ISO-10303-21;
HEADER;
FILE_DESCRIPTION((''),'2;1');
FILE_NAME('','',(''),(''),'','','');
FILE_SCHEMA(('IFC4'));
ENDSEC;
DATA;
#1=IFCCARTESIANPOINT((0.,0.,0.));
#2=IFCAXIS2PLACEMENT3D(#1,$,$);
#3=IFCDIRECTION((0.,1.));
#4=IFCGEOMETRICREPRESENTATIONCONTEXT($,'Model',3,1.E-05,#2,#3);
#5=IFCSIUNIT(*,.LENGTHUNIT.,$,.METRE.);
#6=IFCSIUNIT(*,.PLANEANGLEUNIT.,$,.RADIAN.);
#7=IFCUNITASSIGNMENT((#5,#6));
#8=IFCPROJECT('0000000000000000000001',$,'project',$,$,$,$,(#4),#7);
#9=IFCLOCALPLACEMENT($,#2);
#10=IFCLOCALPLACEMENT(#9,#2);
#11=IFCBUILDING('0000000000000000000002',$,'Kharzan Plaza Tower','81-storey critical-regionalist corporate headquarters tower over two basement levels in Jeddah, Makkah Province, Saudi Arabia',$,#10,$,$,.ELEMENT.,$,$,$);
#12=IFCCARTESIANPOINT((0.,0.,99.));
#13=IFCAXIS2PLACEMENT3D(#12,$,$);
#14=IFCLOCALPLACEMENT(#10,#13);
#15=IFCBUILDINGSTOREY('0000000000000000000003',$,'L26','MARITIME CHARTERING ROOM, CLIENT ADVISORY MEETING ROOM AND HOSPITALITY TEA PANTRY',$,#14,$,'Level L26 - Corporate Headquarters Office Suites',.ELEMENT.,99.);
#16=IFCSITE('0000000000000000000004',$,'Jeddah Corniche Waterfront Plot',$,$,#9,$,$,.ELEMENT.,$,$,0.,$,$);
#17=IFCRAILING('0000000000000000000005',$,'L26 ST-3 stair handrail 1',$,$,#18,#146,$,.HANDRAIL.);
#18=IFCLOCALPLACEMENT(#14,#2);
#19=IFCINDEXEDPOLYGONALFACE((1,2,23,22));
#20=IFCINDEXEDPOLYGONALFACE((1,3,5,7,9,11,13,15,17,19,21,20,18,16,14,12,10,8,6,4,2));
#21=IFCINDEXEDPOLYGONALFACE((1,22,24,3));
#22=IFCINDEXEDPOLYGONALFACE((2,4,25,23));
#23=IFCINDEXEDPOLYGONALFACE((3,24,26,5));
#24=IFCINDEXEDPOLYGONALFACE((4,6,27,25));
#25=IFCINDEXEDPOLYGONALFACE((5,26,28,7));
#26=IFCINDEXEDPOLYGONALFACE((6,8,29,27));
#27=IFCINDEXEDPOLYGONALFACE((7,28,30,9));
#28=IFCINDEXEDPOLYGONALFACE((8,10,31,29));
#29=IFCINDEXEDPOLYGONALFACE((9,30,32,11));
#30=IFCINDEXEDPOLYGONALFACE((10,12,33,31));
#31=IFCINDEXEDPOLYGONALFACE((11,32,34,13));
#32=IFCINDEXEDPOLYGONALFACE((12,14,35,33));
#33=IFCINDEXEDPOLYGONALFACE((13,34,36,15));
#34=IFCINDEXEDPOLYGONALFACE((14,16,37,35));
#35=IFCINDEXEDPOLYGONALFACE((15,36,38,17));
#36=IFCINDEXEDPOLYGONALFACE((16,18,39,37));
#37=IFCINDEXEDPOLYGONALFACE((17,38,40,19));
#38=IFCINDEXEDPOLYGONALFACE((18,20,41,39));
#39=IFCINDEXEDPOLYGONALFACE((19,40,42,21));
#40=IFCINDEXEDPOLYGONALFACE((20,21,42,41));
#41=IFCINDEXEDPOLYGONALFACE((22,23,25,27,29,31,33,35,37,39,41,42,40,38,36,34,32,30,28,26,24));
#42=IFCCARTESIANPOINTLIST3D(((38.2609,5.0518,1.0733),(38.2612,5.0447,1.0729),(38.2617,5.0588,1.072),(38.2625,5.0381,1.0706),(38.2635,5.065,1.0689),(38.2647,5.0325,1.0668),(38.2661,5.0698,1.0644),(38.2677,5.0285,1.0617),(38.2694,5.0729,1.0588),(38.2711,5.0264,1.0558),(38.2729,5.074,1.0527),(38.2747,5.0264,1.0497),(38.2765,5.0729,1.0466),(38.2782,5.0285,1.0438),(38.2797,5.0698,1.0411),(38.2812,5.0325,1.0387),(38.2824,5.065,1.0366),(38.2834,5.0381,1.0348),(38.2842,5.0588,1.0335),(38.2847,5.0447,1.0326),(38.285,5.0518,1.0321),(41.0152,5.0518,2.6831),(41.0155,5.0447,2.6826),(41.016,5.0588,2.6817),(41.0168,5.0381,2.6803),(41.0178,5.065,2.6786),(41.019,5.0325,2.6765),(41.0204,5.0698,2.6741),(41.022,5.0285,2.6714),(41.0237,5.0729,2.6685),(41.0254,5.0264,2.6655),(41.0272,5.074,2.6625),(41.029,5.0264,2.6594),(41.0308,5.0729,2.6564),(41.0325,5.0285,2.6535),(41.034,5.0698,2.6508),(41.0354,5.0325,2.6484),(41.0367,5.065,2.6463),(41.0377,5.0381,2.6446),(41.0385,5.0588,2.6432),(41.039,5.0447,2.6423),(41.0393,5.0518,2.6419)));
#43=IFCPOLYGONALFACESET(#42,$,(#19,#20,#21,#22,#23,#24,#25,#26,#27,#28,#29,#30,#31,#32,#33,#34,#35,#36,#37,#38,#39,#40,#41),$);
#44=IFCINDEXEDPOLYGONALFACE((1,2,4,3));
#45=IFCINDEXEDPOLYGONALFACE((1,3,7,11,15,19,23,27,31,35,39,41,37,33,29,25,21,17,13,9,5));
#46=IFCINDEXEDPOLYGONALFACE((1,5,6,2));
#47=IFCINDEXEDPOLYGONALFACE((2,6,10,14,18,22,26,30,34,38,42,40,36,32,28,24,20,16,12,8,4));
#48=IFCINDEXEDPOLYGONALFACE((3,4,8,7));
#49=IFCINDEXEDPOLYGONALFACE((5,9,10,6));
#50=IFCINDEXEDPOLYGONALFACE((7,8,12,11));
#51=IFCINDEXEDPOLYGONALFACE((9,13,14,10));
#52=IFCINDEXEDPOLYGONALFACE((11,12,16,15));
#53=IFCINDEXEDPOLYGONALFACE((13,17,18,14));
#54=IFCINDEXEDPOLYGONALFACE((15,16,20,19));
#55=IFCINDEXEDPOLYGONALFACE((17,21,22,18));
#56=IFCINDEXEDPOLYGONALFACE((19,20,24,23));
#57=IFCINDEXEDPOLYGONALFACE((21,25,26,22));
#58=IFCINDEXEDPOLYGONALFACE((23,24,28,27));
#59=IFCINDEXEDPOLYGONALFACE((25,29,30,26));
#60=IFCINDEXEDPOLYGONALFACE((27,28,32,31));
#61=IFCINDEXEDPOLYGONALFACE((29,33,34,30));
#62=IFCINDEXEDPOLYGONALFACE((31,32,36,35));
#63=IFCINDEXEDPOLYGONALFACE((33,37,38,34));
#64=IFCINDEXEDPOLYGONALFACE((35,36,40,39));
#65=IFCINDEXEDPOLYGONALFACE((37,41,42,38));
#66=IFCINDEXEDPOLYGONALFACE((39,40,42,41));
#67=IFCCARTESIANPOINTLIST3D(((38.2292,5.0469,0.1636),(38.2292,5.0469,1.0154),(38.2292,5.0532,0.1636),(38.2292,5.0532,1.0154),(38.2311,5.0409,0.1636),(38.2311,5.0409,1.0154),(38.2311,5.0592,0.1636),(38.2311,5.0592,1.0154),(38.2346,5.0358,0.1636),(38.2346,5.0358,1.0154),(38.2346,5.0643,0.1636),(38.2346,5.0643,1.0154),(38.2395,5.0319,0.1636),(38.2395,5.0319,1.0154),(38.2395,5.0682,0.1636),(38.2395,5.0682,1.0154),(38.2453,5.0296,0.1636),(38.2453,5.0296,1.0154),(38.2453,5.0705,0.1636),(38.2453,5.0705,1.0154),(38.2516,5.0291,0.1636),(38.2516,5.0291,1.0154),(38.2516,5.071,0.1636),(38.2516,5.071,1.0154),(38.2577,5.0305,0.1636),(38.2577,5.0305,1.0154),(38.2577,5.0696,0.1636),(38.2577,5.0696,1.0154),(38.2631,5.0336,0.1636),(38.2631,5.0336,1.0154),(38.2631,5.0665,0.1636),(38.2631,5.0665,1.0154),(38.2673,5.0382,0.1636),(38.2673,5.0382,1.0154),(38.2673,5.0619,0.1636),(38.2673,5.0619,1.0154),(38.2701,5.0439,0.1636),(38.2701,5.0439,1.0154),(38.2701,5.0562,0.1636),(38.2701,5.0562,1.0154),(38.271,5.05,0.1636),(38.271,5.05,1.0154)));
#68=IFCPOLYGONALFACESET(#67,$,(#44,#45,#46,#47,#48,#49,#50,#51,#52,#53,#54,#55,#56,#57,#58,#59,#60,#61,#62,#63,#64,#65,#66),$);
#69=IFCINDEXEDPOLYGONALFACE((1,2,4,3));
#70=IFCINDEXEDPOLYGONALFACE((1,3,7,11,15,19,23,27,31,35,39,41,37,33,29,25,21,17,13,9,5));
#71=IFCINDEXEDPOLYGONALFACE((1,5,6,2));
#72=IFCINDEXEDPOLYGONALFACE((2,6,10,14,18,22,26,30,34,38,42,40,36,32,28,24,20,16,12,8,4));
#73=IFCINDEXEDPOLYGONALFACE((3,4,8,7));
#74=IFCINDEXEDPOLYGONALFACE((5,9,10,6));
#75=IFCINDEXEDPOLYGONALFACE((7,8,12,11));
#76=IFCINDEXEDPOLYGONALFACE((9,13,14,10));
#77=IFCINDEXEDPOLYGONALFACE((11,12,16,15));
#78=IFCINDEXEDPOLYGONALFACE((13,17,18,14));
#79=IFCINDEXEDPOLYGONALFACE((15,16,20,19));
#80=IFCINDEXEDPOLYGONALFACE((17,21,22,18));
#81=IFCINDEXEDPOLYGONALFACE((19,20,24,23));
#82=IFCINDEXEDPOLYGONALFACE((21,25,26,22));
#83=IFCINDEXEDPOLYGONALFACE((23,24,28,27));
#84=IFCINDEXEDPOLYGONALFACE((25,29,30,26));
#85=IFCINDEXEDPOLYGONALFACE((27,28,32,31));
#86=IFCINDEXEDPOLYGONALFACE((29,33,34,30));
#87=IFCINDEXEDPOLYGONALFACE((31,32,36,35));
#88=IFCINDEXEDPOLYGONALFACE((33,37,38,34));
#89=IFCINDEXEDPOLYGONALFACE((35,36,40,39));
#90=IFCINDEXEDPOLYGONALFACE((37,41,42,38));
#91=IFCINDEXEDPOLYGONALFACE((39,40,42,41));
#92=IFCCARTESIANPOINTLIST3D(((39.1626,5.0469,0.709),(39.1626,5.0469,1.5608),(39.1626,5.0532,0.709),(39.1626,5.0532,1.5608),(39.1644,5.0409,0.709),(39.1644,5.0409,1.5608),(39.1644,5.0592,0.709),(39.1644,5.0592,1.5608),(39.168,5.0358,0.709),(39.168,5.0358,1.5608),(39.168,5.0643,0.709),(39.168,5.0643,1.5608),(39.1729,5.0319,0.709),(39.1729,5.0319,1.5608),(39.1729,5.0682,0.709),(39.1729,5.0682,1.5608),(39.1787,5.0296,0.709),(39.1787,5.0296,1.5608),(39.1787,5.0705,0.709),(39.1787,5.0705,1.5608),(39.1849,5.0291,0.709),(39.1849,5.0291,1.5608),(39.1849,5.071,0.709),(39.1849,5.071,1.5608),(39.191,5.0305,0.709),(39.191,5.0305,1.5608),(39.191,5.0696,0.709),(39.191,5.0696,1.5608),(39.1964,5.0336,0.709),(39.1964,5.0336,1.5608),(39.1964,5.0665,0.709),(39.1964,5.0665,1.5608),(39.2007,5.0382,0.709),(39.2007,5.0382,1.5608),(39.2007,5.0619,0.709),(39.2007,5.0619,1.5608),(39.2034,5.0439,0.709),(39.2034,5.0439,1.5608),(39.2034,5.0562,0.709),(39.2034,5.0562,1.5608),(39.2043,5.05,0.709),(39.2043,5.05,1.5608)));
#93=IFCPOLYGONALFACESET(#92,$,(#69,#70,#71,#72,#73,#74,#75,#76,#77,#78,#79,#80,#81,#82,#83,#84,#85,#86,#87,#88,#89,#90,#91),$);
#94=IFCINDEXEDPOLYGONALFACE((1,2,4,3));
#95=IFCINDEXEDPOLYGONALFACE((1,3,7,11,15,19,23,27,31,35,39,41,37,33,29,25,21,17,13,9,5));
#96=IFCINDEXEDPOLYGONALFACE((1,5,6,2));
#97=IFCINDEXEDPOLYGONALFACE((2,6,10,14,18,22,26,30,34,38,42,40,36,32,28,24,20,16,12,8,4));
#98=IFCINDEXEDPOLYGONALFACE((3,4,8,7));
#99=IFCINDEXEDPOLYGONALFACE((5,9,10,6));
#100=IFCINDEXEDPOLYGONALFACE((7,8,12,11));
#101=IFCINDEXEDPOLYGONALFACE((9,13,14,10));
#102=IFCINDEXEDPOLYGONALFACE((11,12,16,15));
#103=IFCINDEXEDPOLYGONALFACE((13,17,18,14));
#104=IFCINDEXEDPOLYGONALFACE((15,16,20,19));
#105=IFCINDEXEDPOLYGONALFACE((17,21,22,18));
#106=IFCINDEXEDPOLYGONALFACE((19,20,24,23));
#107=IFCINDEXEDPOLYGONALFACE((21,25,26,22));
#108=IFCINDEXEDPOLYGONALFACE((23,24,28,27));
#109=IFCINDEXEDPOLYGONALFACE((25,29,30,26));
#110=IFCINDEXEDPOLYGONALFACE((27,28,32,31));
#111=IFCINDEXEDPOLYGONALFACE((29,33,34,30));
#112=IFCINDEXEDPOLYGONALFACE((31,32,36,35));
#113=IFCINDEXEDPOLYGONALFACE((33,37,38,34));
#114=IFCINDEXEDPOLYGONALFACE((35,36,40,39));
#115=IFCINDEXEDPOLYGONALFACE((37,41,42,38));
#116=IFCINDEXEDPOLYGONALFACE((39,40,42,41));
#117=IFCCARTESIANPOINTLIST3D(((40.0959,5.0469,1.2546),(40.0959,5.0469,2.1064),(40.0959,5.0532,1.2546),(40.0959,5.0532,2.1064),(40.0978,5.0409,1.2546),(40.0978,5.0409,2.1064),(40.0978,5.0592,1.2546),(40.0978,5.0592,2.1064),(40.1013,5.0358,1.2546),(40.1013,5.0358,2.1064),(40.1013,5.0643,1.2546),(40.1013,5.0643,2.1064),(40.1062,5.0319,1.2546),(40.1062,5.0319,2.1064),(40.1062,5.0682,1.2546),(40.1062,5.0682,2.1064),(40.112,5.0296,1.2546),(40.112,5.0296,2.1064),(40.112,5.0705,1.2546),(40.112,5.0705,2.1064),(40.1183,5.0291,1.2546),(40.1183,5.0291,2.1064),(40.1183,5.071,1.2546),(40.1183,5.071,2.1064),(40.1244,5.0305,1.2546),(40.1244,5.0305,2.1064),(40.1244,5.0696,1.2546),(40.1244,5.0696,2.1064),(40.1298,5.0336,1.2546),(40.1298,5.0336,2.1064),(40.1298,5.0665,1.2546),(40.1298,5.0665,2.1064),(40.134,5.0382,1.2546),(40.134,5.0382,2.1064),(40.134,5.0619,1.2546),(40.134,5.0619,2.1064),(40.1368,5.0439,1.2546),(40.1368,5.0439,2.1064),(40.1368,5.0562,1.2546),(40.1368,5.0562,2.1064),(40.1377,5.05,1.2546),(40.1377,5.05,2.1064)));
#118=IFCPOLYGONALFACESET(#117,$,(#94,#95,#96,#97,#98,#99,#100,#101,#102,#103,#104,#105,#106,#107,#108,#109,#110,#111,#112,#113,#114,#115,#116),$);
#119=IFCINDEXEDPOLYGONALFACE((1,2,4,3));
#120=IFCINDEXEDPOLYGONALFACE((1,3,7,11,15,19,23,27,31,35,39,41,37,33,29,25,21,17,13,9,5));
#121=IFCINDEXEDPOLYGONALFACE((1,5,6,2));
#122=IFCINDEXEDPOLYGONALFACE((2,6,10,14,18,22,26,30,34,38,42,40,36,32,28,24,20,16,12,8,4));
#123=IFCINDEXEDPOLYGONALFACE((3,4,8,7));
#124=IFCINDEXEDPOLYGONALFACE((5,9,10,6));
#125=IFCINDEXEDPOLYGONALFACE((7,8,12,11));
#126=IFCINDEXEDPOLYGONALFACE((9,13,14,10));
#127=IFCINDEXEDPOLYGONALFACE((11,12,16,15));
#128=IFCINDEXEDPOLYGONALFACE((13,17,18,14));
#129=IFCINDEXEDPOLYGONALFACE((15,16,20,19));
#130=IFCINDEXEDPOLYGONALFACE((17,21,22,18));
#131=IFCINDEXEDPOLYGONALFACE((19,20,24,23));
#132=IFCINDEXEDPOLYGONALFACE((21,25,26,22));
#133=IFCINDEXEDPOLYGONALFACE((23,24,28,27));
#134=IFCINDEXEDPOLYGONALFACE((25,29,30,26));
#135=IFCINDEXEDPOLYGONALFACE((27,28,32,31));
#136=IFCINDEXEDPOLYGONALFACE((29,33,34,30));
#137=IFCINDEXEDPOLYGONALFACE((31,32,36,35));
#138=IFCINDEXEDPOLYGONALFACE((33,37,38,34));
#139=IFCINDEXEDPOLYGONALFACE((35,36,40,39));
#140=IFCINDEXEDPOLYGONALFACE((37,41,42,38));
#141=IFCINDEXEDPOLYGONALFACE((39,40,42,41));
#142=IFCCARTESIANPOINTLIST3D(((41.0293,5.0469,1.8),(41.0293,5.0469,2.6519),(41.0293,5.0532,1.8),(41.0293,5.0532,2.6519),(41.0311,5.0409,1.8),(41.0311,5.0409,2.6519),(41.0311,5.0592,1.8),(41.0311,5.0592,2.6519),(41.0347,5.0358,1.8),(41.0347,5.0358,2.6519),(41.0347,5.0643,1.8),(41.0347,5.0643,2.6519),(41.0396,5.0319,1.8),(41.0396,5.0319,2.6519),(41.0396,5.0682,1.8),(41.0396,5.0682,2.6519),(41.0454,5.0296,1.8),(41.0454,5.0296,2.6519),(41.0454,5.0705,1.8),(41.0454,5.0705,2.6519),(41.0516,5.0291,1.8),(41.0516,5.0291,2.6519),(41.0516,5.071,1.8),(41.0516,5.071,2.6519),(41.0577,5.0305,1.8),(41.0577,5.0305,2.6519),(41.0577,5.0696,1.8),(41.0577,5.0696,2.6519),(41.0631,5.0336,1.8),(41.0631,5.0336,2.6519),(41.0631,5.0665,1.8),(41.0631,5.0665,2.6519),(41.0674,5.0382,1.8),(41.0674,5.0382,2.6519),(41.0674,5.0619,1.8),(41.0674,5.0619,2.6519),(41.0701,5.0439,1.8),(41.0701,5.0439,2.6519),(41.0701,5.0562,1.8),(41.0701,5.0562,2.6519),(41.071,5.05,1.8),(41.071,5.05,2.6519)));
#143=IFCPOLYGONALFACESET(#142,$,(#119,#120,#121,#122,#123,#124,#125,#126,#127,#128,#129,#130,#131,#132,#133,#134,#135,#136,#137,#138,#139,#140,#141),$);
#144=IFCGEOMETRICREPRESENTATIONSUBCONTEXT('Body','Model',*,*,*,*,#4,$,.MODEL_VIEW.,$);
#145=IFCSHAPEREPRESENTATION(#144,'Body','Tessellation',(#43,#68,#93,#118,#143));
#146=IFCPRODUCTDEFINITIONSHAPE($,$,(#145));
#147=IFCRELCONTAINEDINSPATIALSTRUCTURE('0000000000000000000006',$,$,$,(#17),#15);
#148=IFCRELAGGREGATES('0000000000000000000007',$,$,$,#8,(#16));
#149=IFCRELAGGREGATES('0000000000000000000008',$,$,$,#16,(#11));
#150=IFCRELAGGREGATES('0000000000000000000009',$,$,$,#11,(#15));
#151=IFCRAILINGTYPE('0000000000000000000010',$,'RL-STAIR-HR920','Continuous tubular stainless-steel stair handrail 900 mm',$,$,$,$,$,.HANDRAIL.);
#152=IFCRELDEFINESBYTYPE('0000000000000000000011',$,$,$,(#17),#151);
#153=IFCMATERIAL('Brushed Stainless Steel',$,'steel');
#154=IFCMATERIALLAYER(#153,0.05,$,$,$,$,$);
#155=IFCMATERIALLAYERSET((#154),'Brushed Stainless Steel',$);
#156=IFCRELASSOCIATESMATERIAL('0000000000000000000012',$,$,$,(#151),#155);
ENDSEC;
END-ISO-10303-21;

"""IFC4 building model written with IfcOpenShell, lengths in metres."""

from ifc_helpers import new_model, si_unit, direction, frame, origin, origin_2d, place, context, subcontext, project, spatial, circle, extrude, source, transform, mapped, material, layer, layer_set, type_object, element, save


model = new_model("IFC4")

# Units and contexts
model_context = context("Model", 3, precision=1e-05, world=origin(), true_north=direction((0.0, 1.0)))
body_context = subcontext(model_context, "Body", "Model", "MODEL_VIEW")
ifc_project = project(units=[si_unit("LENGTHUNIT", "METRE"), si_unit("PLANEANGLEUNIT", "RADIAN")], contexts=[model_context])

# Site, building, storey
site_placement = place(None, origin())
site = spatial("IfcSite", under=ifc_project, at=site_placement, Name="Jeddah Corniche Waterfront Plot", CompositionType="ELEMENT", RefElevation=0.0)
building_placement = place(site_placement, origin())
building = spatial("IfcBuilding", under=site, at=building_placement, Name="Kharzan Plaza Tower", Description="81-storey critical-regionalist corporate headquarters tower over two basement levels in Jeddah, Makkah Province, Saudi Arabia", CompositionType="ELEMENT")
storey_placement = place(building_placement, frame((0.0, 0.0, 99.0)))
storey = spatial("IfcBuildingStorey", under=building, at=storey_placement, Name="L26", Description="MARITIME CHARTERING ROOM, CLIENT ADVISORY MEETING ROOM AND HOSPITALITY TEA PANTRY", LongName="Level L26 - Corporate Headquarters Office Suites", CompositionType="ELEMENT", Elevation=99.0)

# Shared definitions
ifc_material_1 = material(Name="Brushed Stainless Steel", Category="steel")

# Railing
ifc_layer_1 = layer(ifc_material_1, 0.05)
ifc_layer_set_1 = layer_set([ifc_layer_1], Name="Brushed Stainless Steel")
railing_type_1 = type_object("IfcRailingType", Name="RL-STAIR-HR920", Description="Continuous tubular stainless-steel stair handrail 900 mm", PredefinedType="HANDRAIL", material=ifc_layer_set_1)
shared_shape_1 = source(origin(), body_context, "Body", "SweptSolid", [
    extrude(circle(Radius=0.0239, at=origin_2d()), frame((0.0229, 0.0, 0.8892), z_axis=(0.863361, 0.0, 0.504587), x_axis=(0.0, 1.0, 0.0)), (0.0, 0.0, 1.0), 3.1902),
    extrude(circle(Radius=0.021, at=origin_2d()), origin(), (0.0, 0.0, 1.0), 0.8518),
    extrude(circle(Radius=0.021, at=origin_2d()), frame((0.9333, 0.0, 0.5454)), (0.0, 0.0, 1.0), 0.8518),
    extrude(circle(Radius=0.021, at=origin_2d()), frame((1.8667, 0.0, 1.0911)), (0.0, 0.0, 1.0), 0.8518),
    extrude(circle(Radius=0.021, at=origin_2d()), frame((2.8, 0.0, 1.6365)), (0.0, 0.0, 1.0), 0.8518),
])
railing_1_placement = place(storey_placement, frame((38.25, 5.05, 0.1636)))
element("IfcRailing", 1, at=railing_1_placement, inside=storey, type_object=railing_type_1, Name="L26 ST-3 stair handrail 1", PredefinedType="HANDRAIL", context=body_context, shape_type="MappedRepresentation", body=[
    mapped(shared_shape_1, transform((0.0, 0.0, 0.0), x_axis=(1.0, 0.0, 0.0), y_axis=(0.0, 1.0, 0.0), z_axis=(0.0, 0.0, 1.0))),
])

save(model, "model.ifc")
